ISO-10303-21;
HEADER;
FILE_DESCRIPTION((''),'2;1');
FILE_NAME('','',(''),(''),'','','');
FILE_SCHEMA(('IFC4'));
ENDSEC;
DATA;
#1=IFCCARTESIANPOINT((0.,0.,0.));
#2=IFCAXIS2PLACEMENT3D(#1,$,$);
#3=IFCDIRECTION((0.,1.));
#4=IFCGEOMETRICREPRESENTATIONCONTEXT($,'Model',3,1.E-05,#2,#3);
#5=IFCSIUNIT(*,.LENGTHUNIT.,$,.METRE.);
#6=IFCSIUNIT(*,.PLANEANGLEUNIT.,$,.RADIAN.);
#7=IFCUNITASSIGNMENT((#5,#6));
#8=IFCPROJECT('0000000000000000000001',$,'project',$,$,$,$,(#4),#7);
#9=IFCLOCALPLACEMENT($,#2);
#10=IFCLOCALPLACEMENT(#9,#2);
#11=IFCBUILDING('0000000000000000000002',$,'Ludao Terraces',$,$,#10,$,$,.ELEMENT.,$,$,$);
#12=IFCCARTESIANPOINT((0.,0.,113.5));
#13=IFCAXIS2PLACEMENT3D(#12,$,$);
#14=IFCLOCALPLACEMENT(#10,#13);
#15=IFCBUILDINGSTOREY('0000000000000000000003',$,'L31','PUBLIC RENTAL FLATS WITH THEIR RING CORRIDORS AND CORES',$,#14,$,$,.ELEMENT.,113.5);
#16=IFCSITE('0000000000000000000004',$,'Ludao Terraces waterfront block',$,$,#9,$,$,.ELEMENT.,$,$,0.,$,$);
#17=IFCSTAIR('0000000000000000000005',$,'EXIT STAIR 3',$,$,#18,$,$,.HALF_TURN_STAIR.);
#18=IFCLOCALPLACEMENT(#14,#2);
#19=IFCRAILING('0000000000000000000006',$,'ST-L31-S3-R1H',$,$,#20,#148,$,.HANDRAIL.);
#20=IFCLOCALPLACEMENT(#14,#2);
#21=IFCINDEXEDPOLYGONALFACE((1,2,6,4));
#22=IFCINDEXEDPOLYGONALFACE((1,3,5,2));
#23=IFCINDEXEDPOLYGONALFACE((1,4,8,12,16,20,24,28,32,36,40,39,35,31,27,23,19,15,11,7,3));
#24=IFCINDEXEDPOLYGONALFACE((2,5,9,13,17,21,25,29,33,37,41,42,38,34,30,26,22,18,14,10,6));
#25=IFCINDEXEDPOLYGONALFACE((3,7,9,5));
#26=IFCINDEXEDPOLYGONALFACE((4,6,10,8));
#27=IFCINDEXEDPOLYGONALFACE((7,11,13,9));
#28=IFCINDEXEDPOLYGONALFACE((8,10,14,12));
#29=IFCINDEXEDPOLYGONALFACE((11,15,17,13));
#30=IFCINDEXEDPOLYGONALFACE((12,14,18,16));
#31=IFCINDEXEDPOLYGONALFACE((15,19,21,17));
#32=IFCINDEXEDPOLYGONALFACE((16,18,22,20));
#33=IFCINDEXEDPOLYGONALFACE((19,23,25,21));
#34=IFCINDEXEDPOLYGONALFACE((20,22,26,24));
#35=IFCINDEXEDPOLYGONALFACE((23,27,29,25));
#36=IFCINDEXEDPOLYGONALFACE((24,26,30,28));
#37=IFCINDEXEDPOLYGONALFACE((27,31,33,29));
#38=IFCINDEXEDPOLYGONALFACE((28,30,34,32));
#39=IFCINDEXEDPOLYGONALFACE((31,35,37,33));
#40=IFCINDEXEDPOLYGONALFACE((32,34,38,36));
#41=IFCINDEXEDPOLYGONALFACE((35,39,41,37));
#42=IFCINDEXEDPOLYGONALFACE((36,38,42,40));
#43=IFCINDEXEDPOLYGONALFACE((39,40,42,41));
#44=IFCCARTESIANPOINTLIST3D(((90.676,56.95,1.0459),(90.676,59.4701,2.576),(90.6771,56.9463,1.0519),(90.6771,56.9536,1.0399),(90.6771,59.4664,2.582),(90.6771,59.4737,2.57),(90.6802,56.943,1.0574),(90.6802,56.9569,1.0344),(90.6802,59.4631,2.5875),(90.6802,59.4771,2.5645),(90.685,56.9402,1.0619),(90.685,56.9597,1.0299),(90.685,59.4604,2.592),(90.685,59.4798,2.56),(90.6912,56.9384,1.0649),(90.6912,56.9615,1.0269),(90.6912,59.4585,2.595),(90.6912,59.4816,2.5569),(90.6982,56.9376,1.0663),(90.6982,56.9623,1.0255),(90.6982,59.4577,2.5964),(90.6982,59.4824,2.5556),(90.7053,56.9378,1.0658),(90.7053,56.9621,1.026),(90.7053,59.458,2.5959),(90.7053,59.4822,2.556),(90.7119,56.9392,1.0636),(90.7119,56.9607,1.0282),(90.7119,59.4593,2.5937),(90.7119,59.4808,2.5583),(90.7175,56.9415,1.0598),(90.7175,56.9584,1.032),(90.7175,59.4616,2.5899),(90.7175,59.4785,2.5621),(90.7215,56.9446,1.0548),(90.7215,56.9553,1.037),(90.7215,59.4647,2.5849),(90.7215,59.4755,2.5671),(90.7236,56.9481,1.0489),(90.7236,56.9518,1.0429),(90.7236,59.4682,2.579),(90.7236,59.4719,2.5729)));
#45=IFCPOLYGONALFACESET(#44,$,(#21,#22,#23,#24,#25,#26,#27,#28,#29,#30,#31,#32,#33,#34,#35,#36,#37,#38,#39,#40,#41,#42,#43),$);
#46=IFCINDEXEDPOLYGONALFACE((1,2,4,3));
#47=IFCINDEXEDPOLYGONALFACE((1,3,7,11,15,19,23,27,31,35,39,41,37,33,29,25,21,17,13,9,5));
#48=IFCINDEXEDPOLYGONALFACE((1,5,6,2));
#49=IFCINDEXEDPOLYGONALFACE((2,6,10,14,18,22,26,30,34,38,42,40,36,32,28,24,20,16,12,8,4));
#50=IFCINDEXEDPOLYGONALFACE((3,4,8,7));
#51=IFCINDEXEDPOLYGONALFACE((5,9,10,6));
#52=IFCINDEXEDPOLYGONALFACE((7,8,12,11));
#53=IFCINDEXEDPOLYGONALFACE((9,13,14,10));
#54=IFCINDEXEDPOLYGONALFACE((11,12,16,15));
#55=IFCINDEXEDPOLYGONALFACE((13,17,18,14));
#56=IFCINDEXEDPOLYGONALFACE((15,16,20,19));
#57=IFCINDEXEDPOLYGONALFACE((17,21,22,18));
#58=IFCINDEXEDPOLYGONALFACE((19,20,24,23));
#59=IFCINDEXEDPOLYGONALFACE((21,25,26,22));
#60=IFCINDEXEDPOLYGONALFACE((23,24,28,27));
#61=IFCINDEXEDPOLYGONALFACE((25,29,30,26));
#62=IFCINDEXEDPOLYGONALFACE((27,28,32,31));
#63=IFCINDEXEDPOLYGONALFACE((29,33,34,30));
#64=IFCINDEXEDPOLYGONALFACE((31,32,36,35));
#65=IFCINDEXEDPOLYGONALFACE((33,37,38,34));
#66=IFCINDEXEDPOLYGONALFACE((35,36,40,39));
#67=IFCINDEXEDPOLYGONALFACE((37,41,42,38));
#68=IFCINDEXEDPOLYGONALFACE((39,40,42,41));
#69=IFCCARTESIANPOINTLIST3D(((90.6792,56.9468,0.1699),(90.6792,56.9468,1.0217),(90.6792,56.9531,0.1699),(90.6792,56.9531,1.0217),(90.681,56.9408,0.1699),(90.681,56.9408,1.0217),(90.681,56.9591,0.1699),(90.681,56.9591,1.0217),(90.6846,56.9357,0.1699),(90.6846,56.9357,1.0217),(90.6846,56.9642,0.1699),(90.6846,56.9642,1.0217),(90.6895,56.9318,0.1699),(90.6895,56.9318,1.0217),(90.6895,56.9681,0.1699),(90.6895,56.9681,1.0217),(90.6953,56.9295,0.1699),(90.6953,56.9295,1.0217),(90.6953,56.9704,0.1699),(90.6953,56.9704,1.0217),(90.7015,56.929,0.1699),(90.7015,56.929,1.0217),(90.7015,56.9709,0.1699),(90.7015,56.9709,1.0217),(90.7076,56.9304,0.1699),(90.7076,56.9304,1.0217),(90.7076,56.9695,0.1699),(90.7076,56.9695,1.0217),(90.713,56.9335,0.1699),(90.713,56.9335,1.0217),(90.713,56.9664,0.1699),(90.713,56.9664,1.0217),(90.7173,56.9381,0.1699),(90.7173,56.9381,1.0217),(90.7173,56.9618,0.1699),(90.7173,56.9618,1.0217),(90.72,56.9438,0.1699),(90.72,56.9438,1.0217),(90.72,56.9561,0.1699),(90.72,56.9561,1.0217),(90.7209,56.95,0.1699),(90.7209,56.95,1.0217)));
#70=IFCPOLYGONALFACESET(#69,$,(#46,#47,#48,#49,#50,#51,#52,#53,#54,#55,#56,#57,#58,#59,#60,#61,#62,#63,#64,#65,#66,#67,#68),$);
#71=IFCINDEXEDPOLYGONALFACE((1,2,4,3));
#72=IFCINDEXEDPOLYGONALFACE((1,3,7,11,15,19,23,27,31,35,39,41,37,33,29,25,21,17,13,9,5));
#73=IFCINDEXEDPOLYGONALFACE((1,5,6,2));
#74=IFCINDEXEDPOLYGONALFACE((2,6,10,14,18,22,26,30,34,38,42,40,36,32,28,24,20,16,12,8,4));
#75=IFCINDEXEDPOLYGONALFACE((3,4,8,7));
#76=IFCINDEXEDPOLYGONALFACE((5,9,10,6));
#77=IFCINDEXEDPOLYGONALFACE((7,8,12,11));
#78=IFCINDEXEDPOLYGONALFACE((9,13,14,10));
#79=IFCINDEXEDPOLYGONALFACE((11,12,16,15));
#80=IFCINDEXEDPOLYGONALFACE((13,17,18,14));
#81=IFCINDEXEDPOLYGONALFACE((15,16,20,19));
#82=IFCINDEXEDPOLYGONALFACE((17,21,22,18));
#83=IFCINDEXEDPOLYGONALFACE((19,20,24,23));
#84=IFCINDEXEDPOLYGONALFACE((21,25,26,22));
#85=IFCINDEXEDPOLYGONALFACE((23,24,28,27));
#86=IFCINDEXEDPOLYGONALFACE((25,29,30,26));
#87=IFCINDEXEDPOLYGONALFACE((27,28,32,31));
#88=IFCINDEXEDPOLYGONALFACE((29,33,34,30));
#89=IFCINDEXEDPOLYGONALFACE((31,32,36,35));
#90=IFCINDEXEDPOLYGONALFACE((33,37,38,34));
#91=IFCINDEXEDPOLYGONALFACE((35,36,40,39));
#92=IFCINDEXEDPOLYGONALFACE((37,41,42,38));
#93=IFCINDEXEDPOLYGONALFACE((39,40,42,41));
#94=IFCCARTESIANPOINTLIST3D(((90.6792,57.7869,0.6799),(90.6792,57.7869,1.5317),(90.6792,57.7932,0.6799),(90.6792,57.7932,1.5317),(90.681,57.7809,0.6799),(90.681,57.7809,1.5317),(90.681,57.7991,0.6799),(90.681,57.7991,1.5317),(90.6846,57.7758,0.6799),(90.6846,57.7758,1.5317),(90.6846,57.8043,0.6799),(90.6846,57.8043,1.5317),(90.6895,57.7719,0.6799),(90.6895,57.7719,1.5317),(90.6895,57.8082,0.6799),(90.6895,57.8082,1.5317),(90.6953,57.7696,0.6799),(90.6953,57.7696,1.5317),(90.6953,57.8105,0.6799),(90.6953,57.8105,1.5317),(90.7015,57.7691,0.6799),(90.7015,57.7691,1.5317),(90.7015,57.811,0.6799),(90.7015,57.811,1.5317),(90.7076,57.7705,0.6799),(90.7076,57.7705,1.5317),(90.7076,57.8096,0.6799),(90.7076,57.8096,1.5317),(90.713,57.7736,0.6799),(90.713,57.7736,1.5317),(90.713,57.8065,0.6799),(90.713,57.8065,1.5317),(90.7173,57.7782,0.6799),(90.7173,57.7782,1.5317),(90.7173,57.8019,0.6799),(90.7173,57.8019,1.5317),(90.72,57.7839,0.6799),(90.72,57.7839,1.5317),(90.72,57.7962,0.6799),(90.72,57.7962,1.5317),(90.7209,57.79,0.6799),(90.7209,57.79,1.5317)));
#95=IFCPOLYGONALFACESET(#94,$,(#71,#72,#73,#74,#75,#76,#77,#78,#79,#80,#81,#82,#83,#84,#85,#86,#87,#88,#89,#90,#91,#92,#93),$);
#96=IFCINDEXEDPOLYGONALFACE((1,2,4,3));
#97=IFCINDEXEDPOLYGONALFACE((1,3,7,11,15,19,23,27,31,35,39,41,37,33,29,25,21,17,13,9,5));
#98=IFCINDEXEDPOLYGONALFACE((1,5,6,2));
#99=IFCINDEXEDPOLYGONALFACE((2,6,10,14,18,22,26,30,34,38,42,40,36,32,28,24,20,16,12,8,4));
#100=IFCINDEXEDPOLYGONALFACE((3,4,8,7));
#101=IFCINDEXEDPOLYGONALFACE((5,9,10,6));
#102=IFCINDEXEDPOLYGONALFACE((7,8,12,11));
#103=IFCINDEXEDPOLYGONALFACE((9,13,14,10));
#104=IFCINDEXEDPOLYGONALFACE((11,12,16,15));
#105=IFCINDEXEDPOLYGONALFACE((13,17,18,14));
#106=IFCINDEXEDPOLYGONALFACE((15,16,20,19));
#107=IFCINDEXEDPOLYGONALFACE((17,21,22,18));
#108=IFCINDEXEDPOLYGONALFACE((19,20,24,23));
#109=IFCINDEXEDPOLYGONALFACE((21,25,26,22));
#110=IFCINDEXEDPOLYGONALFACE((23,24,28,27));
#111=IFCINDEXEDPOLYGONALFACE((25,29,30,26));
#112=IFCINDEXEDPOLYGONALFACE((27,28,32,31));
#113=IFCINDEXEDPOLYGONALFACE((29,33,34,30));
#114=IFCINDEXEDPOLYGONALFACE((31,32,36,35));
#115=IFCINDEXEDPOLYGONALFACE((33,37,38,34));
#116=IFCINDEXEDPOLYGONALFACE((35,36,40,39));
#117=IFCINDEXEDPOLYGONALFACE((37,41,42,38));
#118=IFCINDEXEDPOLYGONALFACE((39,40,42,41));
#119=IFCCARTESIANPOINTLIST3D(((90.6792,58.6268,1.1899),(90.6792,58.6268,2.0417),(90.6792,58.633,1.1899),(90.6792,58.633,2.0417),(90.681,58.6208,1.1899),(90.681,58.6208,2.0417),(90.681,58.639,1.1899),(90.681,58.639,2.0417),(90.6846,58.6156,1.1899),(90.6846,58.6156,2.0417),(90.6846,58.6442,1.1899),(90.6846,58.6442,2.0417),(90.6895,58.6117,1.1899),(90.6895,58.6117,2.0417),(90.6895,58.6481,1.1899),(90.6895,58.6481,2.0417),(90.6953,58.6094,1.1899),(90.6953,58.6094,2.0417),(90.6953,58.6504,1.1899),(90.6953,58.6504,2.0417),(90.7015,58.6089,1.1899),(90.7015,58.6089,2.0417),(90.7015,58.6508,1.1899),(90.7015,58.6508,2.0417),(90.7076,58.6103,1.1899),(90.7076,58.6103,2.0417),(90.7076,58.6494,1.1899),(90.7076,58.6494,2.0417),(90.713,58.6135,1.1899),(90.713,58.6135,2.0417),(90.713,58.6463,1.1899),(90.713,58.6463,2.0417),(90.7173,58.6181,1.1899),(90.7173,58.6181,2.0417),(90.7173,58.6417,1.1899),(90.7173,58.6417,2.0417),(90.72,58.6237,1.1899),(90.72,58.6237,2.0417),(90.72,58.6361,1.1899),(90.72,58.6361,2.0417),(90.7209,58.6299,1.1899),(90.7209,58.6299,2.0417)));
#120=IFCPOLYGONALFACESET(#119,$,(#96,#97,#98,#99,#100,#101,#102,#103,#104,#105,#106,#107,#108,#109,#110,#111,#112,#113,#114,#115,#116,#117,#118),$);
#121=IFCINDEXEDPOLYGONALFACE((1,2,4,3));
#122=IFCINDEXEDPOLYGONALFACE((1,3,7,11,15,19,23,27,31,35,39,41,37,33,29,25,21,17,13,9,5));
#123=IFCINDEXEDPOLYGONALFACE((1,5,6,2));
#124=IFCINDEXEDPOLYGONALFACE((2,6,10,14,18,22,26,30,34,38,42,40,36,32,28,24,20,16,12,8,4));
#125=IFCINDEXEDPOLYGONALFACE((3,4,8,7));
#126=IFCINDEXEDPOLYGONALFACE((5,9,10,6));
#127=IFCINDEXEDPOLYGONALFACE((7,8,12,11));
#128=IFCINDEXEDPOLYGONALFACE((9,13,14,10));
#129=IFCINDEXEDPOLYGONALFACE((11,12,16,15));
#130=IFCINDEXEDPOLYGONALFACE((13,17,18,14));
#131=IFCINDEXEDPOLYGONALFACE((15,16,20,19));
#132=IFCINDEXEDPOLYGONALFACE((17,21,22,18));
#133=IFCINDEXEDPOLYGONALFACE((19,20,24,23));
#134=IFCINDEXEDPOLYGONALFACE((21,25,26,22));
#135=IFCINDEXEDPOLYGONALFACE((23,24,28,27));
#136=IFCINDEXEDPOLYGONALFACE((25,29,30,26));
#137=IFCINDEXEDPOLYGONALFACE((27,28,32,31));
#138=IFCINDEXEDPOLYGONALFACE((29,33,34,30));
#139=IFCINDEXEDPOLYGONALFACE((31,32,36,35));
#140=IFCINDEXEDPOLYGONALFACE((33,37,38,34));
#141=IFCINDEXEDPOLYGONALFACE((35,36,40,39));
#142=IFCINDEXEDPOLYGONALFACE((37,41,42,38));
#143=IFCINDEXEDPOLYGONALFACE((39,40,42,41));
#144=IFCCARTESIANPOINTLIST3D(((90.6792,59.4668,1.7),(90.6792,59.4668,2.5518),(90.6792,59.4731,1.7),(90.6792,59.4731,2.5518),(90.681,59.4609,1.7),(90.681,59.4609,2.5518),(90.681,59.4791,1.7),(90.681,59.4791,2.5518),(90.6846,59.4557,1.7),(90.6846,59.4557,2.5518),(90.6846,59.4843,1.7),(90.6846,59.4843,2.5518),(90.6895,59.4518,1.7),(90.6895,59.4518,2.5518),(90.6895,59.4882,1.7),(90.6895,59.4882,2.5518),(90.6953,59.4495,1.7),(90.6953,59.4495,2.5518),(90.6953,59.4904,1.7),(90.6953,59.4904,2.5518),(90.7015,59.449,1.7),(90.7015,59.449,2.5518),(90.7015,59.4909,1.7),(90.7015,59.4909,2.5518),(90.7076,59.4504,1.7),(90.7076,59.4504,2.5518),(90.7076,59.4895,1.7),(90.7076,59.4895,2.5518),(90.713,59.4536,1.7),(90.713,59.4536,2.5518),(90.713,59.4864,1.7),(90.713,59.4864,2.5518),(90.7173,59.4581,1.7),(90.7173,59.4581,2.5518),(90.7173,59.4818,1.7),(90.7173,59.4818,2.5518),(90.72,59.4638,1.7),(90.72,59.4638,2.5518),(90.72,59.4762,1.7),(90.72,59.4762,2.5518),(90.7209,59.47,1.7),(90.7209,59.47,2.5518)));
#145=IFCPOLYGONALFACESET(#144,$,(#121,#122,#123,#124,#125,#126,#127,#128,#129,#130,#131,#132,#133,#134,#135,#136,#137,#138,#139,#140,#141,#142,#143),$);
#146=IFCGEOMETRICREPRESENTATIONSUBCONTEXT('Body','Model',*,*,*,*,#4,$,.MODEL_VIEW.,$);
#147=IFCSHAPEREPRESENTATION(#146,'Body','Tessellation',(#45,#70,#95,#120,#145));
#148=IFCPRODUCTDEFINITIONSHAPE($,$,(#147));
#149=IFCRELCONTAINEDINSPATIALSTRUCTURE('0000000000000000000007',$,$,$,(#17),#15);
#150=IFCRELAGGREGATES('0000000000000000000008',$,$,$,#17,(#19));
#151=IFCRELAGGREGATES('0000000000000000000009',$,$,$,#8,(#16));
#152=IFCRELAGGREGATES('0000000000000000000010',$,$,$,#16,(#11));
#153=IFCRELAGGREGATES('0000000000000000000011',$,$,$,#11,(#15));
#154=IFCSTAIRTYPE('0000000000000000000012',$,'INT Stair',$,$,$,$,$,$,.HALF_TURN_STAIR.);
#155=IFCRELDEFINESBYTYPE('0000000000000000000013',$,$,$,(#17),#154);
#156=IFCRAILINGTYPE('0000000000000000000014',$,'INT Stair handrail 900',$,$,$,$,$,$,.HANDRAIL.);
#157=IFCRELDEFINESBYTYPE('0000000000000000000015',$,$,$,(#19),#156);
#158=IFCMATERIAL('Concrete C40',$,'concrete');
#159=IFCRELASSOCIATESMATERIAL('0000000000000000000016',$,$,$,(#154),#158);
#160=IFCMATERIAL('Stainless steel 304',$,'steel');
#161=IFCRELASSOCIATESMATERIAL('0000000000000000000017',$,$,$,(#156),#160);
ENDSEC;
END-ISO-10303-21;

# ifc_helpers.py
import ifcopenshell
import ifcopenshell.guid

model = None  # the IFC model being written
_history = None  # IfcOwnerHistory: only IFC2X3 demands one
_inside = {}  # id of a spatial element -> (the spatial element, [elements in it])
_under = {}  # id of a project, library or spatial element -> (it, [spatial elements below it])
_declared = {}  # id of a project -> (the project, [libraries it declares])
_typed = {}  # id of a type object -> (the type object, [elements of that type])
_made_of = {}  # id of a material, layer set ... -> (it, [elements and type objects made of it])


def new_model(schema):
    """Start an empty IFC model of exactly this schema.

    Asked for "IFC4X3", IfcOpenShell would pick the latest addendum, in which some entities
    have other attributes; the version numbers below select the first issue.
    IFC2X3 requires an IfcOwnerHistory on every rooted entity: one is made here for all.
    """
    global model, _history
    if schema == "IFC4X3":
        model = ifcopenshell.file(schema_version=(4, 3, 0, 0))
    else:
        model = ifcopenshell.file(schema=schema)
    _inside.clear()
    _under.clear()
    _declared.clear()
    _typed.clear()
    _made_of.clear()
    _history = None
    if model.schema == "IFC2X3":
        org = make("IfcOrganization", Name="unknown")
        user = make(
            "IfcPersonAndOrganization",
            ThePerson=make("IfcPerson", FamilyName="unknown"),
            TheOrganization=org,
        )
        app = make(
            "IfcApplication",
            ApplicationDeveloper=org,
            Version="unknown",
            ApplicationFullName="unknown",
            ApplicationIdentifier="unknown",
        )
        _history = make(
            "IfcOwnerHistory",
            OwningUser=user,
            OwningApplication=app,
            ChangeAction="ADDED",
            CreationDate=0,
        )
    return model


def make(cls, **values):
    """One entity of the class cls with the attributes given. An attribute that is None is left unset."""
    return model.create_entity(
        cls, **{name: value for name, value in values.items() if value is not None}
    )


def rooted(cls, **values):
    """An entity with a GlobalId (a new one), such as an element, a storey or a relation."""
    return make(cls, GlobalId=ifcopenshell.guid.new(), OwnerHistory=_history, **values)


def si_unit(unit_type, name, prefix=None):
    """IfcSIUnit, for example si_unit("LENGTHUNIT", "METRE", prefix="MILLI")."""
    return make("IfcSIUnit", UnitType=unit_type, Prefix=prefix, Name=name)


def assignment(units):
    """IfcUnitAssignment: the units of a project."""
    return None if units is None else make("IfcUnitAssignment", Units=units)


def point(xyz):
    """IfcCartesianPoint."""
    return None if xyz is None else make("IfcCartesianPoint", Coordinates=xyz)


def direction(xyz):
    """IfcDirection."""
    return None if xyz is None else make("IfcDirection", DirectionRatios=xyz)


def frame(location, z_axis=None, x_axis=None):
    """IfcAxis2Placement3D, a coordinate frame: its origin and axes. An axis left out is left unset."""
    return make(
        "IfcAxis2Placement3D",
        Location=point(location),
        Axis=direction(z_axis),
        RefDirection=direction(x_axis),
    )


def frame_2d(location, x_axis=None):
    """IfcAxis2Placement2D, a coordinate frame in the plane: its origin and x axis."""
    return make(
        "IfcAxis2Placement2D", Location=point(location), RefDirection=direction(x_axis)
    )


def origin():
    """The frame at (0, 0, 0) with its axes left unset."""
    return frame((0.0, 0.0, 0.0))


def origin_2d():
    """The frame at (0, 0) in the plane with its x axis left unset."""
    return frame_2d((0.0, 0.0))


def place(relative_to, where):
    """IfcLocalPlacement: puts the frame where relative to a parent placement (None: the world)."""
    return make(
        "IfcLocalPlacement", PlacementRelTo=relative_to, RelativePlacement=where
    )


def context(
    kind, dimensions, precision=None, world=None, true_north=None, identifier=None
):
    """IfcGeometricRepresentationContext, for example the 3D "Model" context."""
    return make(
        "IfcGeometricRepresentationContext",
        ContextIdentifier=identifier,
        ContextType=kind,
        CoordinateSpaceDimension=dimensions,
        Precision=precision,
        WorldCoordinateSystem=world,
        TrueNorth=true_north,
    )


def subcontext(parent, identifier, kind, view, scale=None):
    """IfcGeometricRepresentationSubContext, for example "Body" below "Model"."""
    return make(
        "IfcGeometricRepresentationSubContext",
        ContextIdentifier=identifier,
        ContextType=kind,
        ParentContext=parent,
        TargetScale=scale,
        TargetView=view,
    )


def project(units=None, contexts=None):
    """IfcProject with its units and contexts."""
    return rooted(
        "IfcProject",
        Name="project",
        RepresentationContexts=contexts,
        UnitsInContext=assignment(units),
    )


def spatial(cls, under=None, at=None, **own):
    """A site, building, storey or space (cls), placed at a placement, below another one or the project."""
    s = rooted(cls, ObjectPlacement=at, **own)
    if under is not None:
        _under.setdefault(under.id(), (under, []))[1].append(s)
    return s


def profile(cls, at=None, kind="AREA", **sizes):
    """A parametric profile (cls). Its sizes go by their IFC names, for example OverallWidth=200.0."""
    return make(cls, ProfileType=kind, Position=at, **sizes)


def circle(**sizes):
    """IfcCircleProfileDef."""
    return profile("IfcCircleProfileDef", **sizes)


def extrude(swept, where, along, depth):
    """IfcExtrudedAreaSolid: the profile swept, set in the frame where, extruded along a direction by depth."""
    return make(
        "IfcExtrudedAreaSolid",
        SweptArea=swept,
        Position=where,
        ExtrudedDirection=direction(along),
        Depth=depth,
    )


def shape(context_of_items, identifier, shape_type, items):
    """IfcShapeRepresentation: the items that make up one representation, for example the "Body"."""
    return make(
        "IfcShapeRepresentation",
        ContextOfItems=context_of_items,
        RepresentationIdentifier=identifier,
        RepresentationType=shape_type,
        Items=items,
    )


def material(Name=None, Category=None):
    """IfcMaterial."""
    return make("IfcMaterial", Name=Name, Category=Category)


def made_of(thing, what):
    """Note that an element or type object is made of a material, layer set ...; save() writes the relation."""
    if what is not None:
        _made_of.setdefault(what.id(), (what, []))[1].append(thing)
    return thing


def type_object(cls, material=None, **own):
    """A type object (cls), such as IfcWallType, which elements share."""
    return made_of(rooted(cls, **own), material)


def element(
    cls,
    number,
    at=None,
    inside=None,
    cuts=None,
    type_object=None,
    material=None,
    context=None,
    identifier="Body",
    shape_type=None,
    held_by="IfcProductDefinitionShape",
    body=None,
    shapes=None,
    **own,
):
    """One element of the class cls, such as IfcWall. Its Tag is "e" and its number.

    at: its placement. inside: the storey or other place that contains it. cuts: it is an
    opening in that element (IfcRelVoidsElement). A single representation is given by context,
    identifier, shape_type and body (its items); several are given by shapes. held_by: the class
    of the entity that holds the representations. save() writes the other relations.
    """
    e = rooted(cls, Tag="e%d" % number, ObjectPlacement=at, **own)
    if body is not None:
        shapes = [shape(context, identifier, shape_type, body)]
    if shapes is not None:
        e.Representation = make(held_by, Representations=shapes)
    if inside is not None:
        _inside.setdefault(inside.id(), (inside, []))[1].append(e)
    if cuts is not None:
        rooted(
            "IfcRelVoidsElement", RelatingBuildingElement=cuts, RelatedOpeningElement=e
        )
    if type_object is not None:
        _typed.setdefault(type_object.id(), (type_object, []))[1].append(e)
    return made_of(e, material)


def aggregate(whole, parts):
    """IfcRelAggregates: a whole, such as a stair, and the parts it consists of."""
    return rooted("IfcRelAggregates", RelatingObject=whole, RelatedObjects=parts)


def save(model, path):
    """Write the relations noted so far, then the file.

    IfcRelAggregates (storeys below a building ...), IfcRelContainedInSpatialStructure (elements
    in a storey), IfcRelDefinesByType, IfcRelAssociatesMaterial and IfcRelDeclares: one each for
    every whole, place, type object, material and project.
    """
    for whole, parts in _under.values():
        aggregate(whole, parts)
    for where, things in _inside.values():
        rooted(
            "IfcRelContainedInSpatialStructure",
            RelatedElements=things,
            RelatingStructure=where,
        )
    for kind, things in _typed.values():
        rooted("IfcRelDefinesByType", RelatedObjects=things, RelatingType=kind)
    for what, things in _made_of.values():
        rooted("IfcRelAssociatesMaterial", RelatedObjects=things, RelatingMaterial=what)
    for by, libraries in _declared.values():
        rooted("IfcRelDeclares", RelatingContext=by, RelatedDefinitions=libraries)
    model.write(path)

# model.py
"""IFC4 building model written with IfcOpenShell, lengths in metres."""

from ifc_helpers import new_model, si_unit, direction, frame, origin, origin_2d, place, context, subcontext, project, spatial, circle, extrude, material, type_object, element, aggregate, save


model = new_model("IFC4")

# Units and contexts
model_context = context("Model", 3, precision=1e-05, world=origin(), true_north=direction((0.0, 1.0)))
body_context = subcontext(model_context, "Body", "Model", "MODEL_VIEW")
ifc_project = project(units=[si_unit("LENGTHUNIT", "METRE"), si_unit("PLANEANGLEUNIT", "RADIAN")], contexts=[model_context])

# Site, building, storey
site_placement = place(None, origin())
site = spatial("IfcSite", under=ifc_project, at=site_placement, Name="Ludao Terraces waterfront block", CompositionType="ELEMENT", RefElevation=0.0)
building_placement = place(site_placement, origin())
building = spatial("IfcBuilding", under=site, at=building_placement, Name="Ludao Terraces", CompositionType="ELEMENT")
storey_placement = place(building_placement, frame((0.0, 0.0, 113.5)))
storey = spatial("IfcBuildingStorey", under=building, at=storey_placement, Name="L31", Description="PUBLIC RENTAL FLATS WITH THEIR RING CORRIDORS AND CORES", CompositionType="ELEMENT", Elevation=113.5)

# Shared definitions
ifc_material_1 = material(Name="Concrete C40", Category="concrete")

# Stair, railing
stair_type = type_object("IfcStairType", Name="INT Stair", PredefinedType="HALF_TURN_STAIR", material=ifc_material_1)
stair_placement = place(storey_placement, origin())
stair = element("IfcStair", 1, at=stair_placement, inside=storey, type_object=stair_type, Name="EXIT STAIR 3", PredefinedType="HALF_TURN_STAIR")
ifc_material_2 = material(Name="Stainless steel 304", Category="steel")
railing_type_1 = type_object("IfcRailingType", Name="INT Stair handrail 900", PredefinedType="HANDRAIL", material=ifc_material_2)
railing_1_placement = place(storey_placement, frame((90.7, 56.95, 0.1699)))
railing_1 = element("IfcRailing", 2, at=railing_1_placement, type_object=railing_type_1, Name="ST-L31-S3-R1H", PredefinedType="HANDRAIL", context=body_context, shape_type="SweptSolid", body=[
    extrude(circle(Radius=0.0239, at=origin_2d()), frame((0.0, 0.0, 0.876), z_axis=(0.0, 0.854785, 0.518982), x_axis=(-1.0, 0.0, 0.0)), (0.0, 0.0, 1.0), 2.9482),
    extrude(circle(Radius=0.021, at=origin_2d()), origin(), (0.0, 0.0, 1.0), 0.8518),
    extrude(circle(Radius=0.021, at=origin_2d()), frame((0.0, 0.8401, 0.51)), (0.0, 0.0, 1.0), 0.8518),
    extrude(circle(Radius=0.021, at=origin_2d()), frame((0.0, 1.6799, 1.02)), (0.0, 0.0, 1.0), 0.8518),
    extrude(circle(Radius=0.021, at=origin_2d()), frame((0.0, 2.52, 1.53)), (0.0, 0.0, 1.0), 0.8518),
])
aggregate(stair, [railing_1])

save(model, "model.ifc")
